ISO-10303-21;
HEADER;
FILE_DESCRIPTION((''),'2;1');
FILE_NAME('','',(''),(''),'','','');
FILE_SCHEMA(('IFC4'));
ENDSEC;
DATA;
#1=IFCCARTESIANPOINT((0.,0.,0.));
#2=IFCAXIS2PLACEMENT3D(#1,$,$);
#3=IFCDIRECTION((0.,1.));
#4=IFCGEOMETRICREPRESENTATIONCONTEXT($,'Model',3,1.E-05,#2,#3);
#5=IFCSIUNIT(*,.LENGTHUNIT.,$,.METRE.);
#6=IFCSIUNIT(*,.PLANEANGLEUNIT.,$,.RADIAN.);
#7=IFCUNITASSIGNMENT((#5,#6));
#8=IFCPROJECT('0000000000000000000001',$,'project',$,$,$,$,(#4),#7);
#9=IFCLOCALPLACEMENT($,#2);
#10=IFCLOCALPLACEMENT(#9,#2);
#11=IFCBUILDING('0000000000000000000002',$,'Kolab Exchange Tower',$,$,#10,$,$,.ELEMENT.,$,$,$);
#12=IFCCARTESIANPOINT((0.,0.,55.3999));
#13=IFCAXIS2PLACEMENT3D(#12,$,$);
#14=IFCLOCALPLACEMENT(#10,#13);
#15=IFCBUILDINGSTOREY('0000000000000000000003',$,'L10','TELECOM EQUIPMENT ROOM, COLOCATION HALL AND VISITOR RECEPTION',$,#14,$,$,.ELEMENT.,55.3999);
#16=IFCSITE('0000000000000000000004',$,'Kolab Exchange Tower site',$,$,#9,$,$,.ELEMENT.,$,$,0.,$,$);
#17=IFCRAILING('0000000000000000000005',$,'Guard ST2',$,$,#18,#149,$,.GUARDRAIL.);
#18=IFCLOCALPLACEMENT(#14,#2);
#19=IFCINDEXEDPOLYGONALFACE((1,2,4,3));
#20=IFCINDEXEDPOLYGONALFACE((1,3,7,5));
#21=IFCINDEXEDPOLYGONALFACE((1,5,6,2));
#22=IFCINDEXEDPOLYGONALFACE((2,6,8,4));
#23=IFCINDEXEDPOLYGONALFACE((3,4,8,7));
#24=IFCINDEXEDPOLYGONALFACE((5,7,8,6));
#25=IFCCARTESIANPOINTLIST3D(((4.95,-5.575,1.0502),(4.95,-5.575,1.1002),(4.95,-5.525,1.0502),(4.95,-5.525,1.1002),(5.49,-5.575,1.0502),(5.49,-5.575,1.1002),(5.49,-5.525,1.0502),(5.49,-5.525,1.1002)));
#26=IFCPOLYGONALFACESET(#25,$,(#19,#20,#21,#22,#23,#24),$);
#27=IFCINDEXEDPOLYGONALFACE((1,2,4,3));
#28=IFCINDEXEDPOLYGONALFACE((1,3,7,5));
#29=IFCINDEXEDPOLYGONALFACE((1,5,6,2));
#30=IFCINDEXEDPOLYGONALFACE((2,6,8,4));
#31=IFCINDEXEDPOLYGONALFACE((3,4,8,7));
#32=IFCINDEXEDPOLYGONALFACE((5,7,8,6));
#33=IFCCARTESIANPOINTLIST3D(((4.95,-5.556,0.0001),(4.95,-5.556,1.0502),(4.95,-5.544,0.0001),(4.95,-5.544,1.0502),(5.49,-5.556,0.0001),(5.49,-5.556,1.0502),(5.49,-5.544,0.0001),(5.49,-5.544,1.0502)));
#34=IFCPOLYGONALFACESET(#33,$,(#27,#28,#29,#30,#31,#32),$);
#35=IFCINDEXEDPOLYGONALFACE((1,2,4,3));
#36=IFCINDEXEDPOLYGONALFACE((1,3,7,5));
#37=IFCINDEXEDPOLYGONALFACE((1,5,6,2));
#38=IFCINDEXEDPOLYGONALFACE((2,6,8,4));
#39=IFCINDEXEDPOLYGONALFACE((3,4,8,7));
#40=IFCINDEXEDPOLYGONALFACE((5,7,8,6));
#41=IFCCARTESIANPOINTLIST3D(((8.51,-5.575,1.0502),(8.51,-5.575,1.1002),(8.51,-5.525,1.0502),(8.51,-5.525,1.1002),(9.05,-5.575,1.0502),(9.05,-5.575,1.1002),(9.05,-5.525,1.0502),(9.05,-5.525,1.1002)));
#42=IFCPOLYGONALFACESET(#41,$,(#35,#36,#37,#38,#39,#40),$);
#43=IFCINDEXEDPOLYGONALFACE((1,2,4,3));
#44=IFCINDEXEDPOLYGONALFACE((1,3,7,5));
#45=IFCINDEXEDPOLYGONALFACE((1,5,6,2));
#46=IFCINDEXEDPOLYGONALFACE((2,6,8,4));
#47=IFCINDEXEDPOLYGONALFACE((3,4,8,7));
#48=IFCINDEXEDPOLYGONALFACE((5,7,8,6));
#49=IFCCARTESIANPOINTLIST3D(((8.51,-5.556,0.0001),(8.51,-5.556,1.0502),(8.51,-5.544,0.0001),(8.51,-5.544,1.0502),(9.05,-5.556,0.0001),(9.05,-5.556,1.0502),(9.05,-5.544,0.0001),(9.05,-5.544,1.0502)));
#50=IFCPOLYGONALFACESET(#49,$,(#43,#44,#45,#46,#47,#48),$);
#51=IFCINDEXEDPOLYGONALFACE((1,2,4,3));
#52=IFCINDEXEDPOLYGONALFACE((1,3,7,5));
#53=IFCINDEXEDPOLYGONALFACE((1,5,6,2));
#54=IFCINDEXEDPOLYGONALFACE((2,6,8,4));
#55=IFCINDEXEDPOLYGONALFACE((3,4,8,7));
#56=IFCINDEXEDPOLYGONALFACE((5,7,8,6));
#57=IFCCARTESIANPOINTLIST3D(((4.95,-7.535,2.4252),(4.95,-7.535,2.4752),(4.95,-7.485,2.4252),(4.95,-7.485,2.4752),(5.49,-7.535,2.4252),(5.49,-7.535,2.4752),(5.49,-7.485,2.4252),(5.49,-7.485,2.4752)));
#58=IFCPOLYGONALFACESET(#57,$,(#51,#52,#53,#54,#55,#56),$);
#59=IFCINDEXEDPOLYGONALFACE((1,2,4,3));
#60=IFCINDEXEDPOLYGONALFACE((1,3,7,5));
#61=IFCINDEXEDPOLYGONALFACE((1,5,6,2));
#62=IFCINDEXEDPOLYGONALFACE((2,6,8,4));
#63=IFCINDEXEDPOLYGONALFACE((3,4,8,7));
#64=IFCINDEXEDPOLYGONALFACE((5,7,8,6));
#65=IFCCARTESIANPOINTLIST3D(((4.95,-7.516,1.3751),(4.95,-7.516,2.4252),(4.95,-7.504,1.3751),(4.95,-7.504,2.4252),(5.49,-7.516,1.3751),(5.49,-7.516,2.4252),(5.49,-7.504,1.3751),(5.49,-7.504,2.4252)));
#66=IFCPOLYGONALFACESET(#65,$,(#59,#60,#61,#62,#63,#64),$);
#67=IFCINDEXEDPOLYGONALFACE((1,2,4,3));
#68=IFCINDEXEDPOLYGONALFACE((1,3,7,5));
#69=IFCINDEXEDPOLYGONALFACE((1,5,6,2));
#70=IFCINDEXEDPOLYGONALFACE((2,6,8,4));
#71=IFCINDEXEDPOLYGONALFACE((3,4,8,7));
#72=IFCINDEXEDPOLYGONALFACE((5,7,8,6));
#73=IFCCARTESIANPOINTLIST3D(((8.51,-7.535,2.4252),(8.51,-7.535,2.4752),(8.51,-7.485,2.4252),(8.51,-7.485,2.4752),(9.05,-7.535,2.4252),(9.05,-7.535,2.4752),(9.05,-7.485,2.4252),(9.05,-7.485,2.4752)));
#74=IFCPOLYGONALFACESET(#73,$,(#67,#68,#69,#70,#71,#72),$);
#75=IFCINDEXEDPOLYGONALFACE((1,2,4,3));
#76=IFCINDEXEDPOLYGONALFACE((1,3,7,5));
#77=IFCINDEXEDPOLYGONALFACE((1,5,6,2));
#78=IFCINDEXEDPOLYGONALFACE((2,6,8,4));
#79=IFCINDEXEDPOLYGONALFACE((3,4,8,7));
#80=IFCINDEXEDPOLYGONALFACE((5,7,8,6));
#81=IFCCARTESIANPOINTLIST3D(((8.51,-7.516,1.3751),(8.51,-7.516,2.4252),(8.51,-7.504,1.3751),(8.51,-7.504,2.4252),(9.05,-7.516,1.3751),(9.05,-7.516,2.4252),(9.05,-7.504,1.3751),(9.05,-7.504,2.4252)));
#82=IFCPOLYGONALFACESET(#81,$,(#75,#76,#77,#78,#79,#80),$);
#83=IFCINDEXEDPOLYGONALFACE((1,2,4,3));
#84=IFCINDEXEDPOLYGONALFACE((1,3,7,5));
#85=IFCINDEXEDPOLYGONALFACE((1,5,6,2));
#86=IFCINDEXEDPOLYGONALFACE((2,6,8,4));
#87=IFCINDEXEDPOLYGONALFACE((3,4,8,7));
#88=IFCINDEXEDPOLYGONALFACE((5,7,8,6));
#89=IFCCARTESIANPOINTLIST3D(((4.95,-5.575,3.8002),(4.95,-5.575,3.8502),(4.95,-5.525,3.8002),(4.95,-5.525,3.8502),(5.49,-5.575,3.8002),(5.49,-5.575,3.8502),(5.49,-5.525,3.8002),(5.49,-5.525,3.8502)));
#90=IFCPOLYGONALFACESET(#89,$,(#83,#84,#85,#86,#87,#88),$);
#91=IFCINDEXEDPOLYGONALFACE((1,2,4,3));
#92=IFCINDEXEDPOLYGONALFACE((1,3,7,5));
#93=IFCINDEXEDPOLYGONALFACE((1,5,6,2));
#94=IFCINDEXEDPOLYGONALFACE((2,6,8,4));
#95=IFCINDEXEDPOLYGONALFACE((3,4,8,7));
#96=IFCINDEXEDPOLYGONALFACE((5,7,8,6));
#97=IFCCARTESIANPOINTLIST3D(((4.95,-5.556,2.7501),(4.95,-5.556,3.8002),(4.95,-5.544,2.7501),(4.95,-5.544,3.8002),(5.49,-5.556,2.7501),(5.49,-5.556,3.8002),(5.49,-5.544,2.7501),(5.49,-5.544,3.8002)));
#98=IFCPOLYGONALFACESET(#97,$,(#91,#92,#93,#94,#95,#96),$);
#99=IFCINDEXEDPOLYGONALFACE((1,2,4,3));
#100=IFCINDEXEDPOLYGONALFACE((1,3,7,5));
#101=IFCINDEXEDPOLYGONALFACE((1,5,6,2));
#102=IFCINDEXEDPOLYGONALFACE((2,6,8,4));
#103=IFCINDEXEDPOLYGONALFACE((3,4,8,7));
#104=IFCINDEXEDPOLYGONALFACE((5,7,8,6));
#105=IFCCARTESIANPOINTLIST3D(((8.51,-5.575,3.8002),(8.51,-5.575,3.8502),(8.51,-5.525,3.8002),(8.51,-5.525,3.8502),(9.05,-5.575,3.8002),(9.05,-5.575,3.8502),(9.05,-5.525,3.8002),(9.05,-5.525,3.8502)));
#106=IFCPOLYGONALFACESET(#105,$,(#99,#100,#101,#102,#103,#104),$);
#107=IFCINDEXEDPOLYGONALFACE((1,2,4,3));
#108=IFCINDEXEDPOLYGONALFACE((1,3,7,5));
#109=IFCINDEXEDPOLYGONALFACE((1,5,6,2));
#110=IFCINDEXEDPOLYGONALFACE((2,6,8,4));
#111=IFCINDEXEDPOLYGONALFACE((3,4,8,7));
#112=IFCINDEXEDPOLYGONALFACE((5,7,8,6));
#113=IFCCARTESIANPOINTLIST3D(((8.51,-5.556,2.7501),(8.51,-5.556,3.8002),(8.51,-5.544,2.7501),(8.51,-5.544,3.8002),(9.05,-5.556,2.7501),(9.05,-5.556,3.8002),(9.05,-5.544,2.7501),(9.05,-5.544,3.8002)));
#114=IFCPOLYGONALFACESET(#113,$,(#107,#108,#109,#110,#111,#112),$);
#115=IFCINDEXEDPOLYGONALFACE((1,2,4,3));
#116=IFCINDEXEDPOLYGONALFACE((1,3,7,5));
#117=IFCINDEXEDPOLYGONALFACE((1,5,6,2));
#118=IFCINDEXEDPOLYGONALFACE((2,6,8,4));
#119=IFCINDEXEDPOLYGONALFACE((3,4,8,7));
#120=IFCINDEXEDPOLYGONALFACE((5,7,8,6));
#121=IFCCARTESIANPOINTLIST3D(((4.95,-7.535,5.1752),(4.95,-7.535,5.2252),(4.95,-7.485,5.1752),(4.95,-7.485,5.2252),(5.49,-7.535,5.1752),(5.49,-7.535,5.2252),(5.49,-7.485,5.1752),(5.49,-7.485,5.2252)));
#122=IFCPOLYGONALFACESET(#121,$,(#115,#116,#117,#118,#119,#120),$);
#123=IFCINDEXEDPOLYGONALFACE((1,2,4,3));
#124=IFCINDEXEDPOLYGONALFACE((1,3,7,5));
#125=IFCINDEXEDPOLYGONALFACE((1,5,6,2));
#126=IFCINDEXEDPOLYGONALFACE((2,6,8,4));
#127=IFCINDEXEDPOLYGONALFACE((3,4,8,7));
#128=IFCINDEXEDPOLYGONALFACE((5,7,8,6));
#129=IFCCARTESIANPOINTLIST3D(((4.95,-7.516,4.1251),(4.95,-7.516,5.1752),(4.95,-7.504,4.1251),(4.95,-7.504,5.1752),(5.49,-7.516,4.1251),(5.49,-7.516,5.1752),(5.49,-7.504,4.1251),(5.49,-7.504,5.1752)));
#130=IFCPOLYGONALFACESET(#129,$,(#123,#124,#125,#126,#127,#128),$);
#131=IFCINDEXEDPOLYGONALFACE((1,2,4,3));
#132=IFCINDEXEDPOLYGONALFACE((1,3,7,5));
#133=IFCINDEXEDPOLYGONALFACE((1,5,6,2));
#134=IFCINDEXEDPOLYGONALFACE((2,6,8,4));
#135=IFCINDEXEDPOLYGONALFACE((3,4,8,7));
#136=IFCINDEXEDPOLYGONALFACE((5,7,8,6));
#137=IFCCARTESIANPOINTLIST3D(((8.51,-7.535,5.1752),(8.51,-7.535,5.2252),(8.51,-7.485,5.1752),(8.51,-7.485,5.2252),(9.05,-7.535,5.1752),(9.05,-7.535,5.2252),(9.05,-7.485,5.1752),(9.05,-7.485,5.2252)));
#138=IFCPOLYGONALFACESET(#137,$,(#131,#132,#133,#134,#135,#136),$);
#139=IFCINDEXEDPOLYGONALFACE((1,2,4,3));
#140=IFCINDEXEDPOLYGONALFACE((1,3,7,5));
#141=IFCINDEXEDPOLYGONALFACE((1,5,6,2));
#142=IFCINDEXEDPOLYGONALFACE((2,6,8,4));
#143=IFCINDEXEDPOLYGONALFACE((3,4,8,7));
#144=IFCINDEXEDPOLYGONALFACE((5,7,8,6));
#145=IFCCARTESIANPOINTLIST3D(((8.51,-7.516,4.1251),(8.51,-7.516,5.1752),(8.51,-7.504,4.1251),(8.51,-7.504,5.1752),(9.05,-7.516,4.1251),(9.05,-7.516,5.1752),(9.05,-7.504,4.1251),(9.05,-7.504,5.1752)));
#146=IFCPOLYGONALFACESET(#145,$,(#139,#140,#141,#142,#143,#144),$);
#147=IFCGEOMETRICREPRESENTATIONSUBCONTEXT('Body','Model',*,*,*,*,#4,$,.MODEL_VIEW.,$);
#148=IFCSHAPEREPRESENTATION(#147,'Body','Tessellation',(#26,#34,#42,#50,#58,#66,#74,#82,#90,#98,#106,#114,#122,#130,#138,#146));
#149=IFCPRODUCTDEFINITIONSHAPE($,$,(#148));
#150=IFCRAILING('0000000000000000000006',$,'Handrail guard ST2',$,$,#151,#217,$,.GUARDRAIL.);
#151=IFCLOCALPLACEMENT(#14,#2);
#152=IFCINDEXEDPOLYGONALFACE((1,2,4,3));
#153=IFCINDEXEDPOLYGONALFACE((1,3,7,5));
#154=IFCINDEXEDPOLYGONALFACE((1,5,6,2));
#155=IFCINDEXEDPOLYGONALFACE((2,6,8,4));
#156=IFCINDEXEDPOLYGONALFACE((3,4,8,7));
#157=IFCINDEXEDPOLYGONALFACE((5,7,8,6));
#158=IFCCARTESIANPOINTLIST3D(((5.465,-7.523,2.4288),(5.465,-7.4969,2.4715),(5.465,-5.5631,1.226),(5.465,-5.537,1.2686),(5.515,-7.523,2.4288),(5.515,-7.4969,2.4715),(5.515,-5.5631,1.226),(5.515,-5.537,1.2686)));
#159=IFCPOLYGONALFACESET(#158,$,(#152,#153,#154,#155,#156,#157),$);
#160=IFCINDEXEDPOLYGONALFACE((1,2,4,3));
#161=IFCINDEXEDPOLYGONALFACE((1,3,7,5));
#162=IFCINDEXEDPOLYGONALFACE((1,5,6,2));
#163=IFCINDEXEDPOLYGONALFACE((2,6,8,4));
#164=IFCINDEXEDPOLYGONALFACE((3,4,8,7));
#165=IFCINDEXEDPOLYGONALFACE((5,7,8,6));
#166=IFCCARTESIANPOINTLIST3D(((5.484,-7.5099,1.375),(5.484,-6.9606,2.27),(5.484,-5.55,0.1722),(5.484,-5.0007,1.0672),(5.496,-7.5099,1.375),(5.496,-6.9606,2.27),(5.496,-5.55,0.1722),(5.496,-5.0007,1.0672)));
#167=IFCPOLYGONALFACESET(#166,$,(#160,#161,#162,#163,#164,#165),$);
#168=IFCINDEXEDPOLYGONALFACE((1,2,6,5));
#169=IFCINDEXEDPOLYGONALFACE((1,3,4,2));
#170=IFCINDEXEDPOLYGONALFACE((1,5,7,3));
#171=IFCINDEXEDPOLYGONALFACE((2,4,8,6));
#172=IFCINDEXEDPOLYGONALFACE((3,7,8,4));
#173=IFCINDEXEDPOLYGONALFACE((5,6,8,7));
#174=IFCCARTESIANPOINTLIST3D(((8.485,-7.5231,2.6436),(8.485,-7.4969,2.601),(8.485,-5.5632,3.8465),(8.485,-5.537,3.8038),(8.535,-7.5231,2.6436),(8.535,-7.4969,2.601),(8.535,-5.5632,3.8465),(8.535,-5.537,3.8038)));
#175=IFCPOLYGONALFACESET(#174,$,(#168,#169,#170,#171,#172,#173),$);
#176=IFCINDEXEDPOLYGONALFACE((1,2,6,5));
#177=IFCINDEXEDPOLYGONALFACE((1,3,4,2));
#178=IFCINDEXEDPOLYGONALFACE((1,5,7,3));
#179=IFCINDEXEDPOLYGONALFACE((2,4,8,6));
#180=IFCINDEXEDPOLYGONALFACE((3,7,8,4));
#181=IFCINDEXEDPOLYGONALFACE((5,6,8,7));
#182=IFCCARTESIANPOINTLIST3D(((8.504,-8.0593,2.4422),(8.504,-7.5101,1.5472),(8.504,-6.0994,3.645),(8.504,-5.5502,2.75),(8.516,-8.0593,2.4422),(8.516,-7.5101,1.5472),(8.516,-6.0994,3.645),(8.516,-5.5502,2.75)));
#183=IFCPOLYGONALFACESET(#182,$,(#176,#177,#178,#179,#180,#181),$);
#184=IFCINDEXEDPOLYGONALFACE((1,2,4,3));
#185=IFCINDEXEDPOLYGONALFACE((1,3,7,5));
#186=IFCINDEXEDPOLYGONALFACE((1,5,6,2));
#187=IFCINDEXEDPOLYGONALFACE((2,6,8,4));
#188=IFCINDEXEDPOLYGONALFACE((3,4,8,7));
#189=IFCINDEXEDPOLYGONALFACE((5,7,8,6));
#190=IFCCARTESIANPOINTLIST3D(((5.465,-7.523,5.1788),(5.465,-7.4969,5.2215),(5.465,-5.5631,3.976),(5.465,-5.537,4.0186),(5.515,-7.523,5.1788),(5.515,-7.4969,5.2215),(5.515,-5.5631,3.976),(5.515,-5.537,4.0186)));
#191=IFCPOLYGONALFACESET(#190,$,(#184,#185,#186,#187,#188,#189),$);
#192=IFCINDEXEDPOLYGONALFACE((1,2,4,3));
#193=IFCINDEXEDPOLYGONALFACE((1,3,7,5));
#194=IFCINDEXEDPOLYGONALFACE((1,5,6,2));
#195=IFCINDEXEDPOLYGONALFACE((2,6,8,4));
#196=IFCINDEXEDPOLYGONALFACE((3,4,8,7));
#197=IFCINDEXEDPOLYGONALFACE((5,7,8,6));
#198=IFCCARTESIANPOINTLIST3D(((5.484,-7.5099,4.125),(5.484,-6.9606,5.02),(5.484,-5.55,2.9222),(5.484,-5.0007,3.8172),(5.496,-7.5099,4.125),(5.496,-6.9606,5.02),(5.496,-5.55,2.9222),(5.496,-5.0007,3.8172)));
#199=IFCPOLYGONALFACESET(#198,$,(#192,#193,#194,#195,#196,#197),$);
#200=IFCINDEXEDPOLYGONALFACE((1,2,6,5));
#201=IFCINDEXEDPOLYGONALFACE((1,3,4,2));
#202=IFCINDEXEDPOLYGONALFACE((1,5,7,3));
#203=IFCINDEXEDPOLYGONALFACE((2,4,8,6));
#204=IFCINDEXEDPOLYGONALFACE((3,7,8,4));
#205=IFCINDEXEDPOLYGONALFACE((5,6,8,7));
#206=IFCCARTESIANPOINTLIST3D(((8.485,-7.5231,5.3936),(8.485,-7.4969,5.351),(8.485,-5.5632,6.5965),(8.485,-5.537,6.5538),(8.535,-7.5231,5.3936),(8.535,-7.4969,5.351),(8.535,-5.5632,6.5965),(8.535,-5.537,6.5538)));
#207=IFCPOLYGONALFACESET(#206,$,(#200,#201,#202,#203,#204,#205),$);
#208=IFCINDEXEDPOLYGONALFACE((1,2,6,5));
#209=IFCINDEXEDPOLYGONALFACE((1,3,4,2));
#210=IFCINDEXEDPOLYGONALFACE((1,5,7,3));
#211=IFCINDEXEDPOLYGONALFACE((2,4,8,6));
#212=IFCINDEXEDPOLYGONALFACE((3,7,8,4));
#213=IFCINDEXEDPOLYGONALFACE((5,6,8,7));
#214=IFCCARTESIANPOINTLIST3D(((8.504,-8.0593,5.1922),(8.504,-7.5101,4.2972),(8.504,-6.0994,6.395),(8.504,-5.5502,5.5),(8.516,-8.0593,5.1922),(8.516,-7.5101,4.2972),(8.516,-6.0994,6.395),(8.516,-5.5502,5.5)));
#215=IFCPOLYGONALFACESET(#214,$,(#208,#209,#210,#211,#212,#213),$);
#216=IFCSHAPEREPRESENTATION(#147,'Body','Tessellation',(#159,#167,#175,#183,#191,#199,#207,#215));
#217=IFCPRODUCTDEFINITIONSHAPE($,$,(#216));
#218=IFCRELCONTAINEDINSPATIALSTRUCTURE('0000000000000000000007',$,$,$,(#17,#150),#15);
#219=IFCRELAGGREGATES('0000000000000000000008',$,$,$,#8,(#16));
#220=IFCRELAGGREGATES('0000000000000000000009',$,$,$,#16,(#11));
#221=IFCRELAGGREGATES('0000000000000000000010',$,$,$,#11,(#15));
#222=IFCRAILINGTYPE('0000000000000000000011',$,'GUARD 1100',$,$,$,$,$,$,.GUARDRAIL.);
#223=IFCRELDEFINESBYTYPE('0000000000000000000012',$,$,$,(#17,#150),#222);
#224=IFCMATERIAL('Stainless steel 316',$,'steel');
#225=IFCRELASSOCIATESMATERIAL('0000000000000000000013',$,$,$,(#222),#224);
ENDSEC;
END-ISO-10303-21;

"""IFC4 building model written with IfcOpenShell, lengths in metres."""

from ifc_helpers import new_model, si_unit, direction, frame, frame_2d, origin, origin_2d, place, context, subcontext, project, spatial, rectangle, extrude, material, type_object, element, save


model = new_model("IFC4")

# Units and contexts
model_context = context("Model", 3, precision=1e-05, world=origin(), true_north=direction((0.0, 1.0)))
body_context = subcontext(model_context, "Body", "Model", "MODEL_VIEW")
ifc_project = project(units=[si_unit("LENGTHUNIT", "METRE"), si_unit("PLANEANGLEUNIT", "RADIAN")], contexts=[model_context])

# Site, building, storey
site_placement = place(None, origin())
site = spatial("IfcSite", under=ifc_project, at=site_placement, Name="Kolab Exchange Tower site", CompositionType="ELEMENT", RefElevation=0.0)
building_placement = place(site_placement, origin())
building = spatial("IfcBuilding", under=site, at=building_placement, Name="Kolab Exchange Tower", CompositionType="ELEMENT")
storey_placement = place(building_placement, frame((0.0, 0.0, 55.3999)))
storey = spatial("IfcBuildingStorey", under=building, at=storey_placement, Name="L10", Description="TELECOM EQUIPMENT ROOM, COLOCATION HALL AND VISITOR RECEPTION", CompositionType="ELEMENT", Elevation=55.3999)

# Shared definitions
ifc_material_1 = material(Name="Stainless steel 316", Category="steel")

# Railings
railing_type = type_object("IfcRailingType", Name="GUARD 1100", PredefinedType="GUARDRAIL", material=ifc_material_1)
railing_1_placement = place(storey_placement, frame((4.95, -5.55, 0.0)))
element("IfcRailing", 1, at=railing_1_placement, inside=storey, type_object=railing_type, Name="Guard ST2", PredefinedType="GUARDRAIL", context=body_context, shape_type="SweptSolid", body=[
    extrude(rectangle(XDim=0.05, YDim=0.05, at=origin_2d()), frame((0.0, 0.0, 1.0752), z_axis=(1.0, 0.0, 0.0), x_axis=(0.0, 1.0, 0.0)), (0.0, 0.0, 1.0), 0.54),
    extrude(rectangle(XDim=0.012, YDim=1.0501, at=frame_2d((0.0, 0.5251))), frame((0.0, 0.0, 0.0), z_axis=(1.0, 0.0, 0.0), x_axis=(0.0, 1.0, 0.0)), (0.0, 0.0, 1.0), 0.54),
    extrude(rectangle(XDim=0.05, YDim=0.05, at=origin_2d()), frame((3.5601, 0.0, 1.0752), z_axis=(1.0, 0.0, 0.0), x_axis=(0.0, 1.0, 0.0)), (0.0, 0.0, 1.0), 0.54),
    extrude(rectangle(XDim=0.012, YDim=1.0501, at=frame_2d((0.0, 0.5251))), frame((3.5601, 0.0, 0.0), z_axis=(1.0, 0.0, 0.0), x_axis=(0.0, 1.0, 0.0)), (0.0, 0.0, 1.0), 0.54),
    extrude(rectangle(XDim=0.05, YDim=0.05, at=origin_2d()), frame((0.0, -1.96, 2.4502), z_axis=(1.0, 0.0, 0.0), x_axis=(0.0, 1.0, 0.0)), (0.0, 0.0, 1.0), 0.54),
    extrude(rectangle(XDim=0.012, YDim=1.0501, at=frame_2d((0.0, 0.5251))), frame((0.0, -1.96, 1.375), z_axis=(1.0, 0.0, 0.0), x_axis=(0.0, 1.0, 0.0)), (0.0, 0.0, 1.0), 0.54),
    extrude(rectangle(XDim=0.05, YDim=0.05, at=origin_2d()), frame((3.5601, -1.96, 2.4502), z_axis=(1.0, 0.0, 0.0), x_axis=(0.0, 1.0, 0.0)), (0.0, 0.0, 1.0), 0.54),
    extrude(rectangle(XDim=0.012, YDim=1.0501, at=frame_2d((0.0, 0.5251))), frame((3.5601, -1.96, 1.375), z_axis=(1.0, 0.0, 0.0), x_axis=(0.0, 1.0, 0.0)), (0.0, 0.0, 1.0), 0.54),
    extrude(rectangle(XDim=0.05, YDim=0.05, at=origin_2d()), frame((0.0, 0.0, 3.8252), z_axis=(1.0, 0.0, 0.0), x_axis=(0.0, 1.0, 0.0)), (0.0, 0.0, 1.0), 0.54),
    extrude(rectangle(XDim=0.012, YDim=1.0501, at=frame_2d((0.0, 0.5251))), frame((0.0, 0.0, 2.75), z_axis=(1.0, 0.0, 0.0), x_axis=(0.0, 1.0, 0.0)), (0.0, 0.0, 1.0), 0.54),
    extrude(rectangle(XDim=0.05, YDim=0.05, at=origin_2d()), frame((3.5601, 0.0, 3.8252), z_axis=(1.0, 0.0, 0.0), x_axis=(0.0, 1.0, 0.0)), (0.0, 0.0, 1.0), 0.54),
    extrude(rectangle(XDim=0.012, YDim=1.0501, at=frame_2d((0.0, 0.5251))), frame((3.5601, 0.0, 2.75), z_axis=(1.0, 0.0, 0.0), x_axis=(0.0, 1.0, 0.0)), (0.0, 0.0, 1.0), 0.54),
    extrude(rectangle(XDim=0.05, YDim=0.05, at=origin_2d()), frame((0.0, -1.96, 5.2002), z_axis=(1.0, 0.0, 0.0), x_axis=(0.0, 1.0, 0.0)), (0.0, 0.0, 1.0), 0.54),
    extrude(rectangle(XDim=0.012, YDim=1.0501, at=frame_2d((0.0, 0.5251))), frame((0.0, -1.96, 4.125), z_axis=(1.0, 0.0, 0.0), x_axis=(0.0, 1.0, 0.0)), (0.0, 0.0, 1.0), 0.54),
    extrude(rectangle(XDim=0.05, YDim=0.05, at=origin_2d()), frame((3.5601, -1.96, 5.2002), z_axis=(1.0, 0.0, 0.0), x_axis=(0.0, 1.0, 0.0)), (0.0, 0.0, 1.0), 0.54),
    extrude(rectangle(XDim=0.012, YDim=1.0501, at=frame_2d((0.0, 0.5251))), frame((3.5601, -1.96, 4.125), z_axis=(1.0, 0.0, 0.0), x_axis=(0.0, 1.0, 0.0)), (0.0, 0.0, 1.0), 0.54),
])
railing_2_placement = place(storey_placement, frame((5.49, -5.55, 0.1721)))
element("IfcRailing", 2, at=railing_2_placement, inside=storey, type_object=railing_type, Name="Handrail guard ST2", PredefinedType="GUARDRAIL", context=body_context, shape_type="SweptSolid", body=[
    extrude(rectangle(XDim=0.05, YDim=0.05, at=origin_2d()), frame((0.0, 0.0, 1.0752), z_axis=(0.0, -0.852288, 0.523072), x_axis=(1.0, 0.0, 0.0)), (0.0, 0.0, 1.0), 2.2996),
    extrude(rectangle(XDim=0.012, YDim=1.0501, at=frame_2d((0.0, 0.5251))), frame((0.0, 0.0, 0.0), z_axis=(0.0, -0.852288, 0.523072), x_axis=(1.0, 0.0, 0.0)), (0.0, 0.0, 1.0), 2.2996),
    extrude(rectangle(XDim=0.05, YDim=0.05, at=origin_2d()), frame((3.02, -1.96, 2.4502), z_axis=(0.0, 0.852288, 0.523072), x_axis=(-1.0, 0.0, 0.0)), (0.0, 0.0, 1.0), 2.2996),
    extrude(rectangle(XDim=0.012, YDim=1.0501, at=frame_2d((0.0, 0.5251))), frame((3.02, -1.96, 1.375), z_axis=(0.0, 0.852288, 0.523072), x_axis=(-1.0, 0.0, 0.0)), (0.0, 0.0, 1.0), 2.2996),
    extrude(rectangle(XDim=0.05, YDim=0.05, at=origin_2d()), frame((0.0, 0.0, 3.8252), z_axis=(0.0, -0.852288, 0.523072), x_axis=(1.0, 0.0, 0.0)), (0.0, 0.0, 1.0), 2.2996),
    extrude(rectangle(XDim=0.012, YDim=1.0501, at=frame_2d((0.0, 0.5251))), frame((0.0, 0.0, 2.75), z_axis=(0.0, -0.852288, 0.523072), x_axis=(1.0, 0.0, 0.0)), (0.0, 0.0, 1.0), 2.2996),
    extrude(rectangle(XDim=0.05, YDim=0.05, at=origin_2d()), frame((3.02, -1.96, 5.2002), z_axis=(0.0, 0.852288, 0.523072), x_axis=(-1.0, 0.0, 0.0)), (0.0, 0.0, 1.0), 2.2996),
    extrude(rectangle(XDim=0.012, YDim=1.0501, at=frame_2d((0.0, 0.5251))), frame((3.02, -1.96, 4.125), z_axis=(0.0, 0.852288, 0.523072), x_axis=(-1.0, 0.0, 0.0)), (0.0, 0.0, 1.0), 2.2996),
])

save(model, "model.ifc")
